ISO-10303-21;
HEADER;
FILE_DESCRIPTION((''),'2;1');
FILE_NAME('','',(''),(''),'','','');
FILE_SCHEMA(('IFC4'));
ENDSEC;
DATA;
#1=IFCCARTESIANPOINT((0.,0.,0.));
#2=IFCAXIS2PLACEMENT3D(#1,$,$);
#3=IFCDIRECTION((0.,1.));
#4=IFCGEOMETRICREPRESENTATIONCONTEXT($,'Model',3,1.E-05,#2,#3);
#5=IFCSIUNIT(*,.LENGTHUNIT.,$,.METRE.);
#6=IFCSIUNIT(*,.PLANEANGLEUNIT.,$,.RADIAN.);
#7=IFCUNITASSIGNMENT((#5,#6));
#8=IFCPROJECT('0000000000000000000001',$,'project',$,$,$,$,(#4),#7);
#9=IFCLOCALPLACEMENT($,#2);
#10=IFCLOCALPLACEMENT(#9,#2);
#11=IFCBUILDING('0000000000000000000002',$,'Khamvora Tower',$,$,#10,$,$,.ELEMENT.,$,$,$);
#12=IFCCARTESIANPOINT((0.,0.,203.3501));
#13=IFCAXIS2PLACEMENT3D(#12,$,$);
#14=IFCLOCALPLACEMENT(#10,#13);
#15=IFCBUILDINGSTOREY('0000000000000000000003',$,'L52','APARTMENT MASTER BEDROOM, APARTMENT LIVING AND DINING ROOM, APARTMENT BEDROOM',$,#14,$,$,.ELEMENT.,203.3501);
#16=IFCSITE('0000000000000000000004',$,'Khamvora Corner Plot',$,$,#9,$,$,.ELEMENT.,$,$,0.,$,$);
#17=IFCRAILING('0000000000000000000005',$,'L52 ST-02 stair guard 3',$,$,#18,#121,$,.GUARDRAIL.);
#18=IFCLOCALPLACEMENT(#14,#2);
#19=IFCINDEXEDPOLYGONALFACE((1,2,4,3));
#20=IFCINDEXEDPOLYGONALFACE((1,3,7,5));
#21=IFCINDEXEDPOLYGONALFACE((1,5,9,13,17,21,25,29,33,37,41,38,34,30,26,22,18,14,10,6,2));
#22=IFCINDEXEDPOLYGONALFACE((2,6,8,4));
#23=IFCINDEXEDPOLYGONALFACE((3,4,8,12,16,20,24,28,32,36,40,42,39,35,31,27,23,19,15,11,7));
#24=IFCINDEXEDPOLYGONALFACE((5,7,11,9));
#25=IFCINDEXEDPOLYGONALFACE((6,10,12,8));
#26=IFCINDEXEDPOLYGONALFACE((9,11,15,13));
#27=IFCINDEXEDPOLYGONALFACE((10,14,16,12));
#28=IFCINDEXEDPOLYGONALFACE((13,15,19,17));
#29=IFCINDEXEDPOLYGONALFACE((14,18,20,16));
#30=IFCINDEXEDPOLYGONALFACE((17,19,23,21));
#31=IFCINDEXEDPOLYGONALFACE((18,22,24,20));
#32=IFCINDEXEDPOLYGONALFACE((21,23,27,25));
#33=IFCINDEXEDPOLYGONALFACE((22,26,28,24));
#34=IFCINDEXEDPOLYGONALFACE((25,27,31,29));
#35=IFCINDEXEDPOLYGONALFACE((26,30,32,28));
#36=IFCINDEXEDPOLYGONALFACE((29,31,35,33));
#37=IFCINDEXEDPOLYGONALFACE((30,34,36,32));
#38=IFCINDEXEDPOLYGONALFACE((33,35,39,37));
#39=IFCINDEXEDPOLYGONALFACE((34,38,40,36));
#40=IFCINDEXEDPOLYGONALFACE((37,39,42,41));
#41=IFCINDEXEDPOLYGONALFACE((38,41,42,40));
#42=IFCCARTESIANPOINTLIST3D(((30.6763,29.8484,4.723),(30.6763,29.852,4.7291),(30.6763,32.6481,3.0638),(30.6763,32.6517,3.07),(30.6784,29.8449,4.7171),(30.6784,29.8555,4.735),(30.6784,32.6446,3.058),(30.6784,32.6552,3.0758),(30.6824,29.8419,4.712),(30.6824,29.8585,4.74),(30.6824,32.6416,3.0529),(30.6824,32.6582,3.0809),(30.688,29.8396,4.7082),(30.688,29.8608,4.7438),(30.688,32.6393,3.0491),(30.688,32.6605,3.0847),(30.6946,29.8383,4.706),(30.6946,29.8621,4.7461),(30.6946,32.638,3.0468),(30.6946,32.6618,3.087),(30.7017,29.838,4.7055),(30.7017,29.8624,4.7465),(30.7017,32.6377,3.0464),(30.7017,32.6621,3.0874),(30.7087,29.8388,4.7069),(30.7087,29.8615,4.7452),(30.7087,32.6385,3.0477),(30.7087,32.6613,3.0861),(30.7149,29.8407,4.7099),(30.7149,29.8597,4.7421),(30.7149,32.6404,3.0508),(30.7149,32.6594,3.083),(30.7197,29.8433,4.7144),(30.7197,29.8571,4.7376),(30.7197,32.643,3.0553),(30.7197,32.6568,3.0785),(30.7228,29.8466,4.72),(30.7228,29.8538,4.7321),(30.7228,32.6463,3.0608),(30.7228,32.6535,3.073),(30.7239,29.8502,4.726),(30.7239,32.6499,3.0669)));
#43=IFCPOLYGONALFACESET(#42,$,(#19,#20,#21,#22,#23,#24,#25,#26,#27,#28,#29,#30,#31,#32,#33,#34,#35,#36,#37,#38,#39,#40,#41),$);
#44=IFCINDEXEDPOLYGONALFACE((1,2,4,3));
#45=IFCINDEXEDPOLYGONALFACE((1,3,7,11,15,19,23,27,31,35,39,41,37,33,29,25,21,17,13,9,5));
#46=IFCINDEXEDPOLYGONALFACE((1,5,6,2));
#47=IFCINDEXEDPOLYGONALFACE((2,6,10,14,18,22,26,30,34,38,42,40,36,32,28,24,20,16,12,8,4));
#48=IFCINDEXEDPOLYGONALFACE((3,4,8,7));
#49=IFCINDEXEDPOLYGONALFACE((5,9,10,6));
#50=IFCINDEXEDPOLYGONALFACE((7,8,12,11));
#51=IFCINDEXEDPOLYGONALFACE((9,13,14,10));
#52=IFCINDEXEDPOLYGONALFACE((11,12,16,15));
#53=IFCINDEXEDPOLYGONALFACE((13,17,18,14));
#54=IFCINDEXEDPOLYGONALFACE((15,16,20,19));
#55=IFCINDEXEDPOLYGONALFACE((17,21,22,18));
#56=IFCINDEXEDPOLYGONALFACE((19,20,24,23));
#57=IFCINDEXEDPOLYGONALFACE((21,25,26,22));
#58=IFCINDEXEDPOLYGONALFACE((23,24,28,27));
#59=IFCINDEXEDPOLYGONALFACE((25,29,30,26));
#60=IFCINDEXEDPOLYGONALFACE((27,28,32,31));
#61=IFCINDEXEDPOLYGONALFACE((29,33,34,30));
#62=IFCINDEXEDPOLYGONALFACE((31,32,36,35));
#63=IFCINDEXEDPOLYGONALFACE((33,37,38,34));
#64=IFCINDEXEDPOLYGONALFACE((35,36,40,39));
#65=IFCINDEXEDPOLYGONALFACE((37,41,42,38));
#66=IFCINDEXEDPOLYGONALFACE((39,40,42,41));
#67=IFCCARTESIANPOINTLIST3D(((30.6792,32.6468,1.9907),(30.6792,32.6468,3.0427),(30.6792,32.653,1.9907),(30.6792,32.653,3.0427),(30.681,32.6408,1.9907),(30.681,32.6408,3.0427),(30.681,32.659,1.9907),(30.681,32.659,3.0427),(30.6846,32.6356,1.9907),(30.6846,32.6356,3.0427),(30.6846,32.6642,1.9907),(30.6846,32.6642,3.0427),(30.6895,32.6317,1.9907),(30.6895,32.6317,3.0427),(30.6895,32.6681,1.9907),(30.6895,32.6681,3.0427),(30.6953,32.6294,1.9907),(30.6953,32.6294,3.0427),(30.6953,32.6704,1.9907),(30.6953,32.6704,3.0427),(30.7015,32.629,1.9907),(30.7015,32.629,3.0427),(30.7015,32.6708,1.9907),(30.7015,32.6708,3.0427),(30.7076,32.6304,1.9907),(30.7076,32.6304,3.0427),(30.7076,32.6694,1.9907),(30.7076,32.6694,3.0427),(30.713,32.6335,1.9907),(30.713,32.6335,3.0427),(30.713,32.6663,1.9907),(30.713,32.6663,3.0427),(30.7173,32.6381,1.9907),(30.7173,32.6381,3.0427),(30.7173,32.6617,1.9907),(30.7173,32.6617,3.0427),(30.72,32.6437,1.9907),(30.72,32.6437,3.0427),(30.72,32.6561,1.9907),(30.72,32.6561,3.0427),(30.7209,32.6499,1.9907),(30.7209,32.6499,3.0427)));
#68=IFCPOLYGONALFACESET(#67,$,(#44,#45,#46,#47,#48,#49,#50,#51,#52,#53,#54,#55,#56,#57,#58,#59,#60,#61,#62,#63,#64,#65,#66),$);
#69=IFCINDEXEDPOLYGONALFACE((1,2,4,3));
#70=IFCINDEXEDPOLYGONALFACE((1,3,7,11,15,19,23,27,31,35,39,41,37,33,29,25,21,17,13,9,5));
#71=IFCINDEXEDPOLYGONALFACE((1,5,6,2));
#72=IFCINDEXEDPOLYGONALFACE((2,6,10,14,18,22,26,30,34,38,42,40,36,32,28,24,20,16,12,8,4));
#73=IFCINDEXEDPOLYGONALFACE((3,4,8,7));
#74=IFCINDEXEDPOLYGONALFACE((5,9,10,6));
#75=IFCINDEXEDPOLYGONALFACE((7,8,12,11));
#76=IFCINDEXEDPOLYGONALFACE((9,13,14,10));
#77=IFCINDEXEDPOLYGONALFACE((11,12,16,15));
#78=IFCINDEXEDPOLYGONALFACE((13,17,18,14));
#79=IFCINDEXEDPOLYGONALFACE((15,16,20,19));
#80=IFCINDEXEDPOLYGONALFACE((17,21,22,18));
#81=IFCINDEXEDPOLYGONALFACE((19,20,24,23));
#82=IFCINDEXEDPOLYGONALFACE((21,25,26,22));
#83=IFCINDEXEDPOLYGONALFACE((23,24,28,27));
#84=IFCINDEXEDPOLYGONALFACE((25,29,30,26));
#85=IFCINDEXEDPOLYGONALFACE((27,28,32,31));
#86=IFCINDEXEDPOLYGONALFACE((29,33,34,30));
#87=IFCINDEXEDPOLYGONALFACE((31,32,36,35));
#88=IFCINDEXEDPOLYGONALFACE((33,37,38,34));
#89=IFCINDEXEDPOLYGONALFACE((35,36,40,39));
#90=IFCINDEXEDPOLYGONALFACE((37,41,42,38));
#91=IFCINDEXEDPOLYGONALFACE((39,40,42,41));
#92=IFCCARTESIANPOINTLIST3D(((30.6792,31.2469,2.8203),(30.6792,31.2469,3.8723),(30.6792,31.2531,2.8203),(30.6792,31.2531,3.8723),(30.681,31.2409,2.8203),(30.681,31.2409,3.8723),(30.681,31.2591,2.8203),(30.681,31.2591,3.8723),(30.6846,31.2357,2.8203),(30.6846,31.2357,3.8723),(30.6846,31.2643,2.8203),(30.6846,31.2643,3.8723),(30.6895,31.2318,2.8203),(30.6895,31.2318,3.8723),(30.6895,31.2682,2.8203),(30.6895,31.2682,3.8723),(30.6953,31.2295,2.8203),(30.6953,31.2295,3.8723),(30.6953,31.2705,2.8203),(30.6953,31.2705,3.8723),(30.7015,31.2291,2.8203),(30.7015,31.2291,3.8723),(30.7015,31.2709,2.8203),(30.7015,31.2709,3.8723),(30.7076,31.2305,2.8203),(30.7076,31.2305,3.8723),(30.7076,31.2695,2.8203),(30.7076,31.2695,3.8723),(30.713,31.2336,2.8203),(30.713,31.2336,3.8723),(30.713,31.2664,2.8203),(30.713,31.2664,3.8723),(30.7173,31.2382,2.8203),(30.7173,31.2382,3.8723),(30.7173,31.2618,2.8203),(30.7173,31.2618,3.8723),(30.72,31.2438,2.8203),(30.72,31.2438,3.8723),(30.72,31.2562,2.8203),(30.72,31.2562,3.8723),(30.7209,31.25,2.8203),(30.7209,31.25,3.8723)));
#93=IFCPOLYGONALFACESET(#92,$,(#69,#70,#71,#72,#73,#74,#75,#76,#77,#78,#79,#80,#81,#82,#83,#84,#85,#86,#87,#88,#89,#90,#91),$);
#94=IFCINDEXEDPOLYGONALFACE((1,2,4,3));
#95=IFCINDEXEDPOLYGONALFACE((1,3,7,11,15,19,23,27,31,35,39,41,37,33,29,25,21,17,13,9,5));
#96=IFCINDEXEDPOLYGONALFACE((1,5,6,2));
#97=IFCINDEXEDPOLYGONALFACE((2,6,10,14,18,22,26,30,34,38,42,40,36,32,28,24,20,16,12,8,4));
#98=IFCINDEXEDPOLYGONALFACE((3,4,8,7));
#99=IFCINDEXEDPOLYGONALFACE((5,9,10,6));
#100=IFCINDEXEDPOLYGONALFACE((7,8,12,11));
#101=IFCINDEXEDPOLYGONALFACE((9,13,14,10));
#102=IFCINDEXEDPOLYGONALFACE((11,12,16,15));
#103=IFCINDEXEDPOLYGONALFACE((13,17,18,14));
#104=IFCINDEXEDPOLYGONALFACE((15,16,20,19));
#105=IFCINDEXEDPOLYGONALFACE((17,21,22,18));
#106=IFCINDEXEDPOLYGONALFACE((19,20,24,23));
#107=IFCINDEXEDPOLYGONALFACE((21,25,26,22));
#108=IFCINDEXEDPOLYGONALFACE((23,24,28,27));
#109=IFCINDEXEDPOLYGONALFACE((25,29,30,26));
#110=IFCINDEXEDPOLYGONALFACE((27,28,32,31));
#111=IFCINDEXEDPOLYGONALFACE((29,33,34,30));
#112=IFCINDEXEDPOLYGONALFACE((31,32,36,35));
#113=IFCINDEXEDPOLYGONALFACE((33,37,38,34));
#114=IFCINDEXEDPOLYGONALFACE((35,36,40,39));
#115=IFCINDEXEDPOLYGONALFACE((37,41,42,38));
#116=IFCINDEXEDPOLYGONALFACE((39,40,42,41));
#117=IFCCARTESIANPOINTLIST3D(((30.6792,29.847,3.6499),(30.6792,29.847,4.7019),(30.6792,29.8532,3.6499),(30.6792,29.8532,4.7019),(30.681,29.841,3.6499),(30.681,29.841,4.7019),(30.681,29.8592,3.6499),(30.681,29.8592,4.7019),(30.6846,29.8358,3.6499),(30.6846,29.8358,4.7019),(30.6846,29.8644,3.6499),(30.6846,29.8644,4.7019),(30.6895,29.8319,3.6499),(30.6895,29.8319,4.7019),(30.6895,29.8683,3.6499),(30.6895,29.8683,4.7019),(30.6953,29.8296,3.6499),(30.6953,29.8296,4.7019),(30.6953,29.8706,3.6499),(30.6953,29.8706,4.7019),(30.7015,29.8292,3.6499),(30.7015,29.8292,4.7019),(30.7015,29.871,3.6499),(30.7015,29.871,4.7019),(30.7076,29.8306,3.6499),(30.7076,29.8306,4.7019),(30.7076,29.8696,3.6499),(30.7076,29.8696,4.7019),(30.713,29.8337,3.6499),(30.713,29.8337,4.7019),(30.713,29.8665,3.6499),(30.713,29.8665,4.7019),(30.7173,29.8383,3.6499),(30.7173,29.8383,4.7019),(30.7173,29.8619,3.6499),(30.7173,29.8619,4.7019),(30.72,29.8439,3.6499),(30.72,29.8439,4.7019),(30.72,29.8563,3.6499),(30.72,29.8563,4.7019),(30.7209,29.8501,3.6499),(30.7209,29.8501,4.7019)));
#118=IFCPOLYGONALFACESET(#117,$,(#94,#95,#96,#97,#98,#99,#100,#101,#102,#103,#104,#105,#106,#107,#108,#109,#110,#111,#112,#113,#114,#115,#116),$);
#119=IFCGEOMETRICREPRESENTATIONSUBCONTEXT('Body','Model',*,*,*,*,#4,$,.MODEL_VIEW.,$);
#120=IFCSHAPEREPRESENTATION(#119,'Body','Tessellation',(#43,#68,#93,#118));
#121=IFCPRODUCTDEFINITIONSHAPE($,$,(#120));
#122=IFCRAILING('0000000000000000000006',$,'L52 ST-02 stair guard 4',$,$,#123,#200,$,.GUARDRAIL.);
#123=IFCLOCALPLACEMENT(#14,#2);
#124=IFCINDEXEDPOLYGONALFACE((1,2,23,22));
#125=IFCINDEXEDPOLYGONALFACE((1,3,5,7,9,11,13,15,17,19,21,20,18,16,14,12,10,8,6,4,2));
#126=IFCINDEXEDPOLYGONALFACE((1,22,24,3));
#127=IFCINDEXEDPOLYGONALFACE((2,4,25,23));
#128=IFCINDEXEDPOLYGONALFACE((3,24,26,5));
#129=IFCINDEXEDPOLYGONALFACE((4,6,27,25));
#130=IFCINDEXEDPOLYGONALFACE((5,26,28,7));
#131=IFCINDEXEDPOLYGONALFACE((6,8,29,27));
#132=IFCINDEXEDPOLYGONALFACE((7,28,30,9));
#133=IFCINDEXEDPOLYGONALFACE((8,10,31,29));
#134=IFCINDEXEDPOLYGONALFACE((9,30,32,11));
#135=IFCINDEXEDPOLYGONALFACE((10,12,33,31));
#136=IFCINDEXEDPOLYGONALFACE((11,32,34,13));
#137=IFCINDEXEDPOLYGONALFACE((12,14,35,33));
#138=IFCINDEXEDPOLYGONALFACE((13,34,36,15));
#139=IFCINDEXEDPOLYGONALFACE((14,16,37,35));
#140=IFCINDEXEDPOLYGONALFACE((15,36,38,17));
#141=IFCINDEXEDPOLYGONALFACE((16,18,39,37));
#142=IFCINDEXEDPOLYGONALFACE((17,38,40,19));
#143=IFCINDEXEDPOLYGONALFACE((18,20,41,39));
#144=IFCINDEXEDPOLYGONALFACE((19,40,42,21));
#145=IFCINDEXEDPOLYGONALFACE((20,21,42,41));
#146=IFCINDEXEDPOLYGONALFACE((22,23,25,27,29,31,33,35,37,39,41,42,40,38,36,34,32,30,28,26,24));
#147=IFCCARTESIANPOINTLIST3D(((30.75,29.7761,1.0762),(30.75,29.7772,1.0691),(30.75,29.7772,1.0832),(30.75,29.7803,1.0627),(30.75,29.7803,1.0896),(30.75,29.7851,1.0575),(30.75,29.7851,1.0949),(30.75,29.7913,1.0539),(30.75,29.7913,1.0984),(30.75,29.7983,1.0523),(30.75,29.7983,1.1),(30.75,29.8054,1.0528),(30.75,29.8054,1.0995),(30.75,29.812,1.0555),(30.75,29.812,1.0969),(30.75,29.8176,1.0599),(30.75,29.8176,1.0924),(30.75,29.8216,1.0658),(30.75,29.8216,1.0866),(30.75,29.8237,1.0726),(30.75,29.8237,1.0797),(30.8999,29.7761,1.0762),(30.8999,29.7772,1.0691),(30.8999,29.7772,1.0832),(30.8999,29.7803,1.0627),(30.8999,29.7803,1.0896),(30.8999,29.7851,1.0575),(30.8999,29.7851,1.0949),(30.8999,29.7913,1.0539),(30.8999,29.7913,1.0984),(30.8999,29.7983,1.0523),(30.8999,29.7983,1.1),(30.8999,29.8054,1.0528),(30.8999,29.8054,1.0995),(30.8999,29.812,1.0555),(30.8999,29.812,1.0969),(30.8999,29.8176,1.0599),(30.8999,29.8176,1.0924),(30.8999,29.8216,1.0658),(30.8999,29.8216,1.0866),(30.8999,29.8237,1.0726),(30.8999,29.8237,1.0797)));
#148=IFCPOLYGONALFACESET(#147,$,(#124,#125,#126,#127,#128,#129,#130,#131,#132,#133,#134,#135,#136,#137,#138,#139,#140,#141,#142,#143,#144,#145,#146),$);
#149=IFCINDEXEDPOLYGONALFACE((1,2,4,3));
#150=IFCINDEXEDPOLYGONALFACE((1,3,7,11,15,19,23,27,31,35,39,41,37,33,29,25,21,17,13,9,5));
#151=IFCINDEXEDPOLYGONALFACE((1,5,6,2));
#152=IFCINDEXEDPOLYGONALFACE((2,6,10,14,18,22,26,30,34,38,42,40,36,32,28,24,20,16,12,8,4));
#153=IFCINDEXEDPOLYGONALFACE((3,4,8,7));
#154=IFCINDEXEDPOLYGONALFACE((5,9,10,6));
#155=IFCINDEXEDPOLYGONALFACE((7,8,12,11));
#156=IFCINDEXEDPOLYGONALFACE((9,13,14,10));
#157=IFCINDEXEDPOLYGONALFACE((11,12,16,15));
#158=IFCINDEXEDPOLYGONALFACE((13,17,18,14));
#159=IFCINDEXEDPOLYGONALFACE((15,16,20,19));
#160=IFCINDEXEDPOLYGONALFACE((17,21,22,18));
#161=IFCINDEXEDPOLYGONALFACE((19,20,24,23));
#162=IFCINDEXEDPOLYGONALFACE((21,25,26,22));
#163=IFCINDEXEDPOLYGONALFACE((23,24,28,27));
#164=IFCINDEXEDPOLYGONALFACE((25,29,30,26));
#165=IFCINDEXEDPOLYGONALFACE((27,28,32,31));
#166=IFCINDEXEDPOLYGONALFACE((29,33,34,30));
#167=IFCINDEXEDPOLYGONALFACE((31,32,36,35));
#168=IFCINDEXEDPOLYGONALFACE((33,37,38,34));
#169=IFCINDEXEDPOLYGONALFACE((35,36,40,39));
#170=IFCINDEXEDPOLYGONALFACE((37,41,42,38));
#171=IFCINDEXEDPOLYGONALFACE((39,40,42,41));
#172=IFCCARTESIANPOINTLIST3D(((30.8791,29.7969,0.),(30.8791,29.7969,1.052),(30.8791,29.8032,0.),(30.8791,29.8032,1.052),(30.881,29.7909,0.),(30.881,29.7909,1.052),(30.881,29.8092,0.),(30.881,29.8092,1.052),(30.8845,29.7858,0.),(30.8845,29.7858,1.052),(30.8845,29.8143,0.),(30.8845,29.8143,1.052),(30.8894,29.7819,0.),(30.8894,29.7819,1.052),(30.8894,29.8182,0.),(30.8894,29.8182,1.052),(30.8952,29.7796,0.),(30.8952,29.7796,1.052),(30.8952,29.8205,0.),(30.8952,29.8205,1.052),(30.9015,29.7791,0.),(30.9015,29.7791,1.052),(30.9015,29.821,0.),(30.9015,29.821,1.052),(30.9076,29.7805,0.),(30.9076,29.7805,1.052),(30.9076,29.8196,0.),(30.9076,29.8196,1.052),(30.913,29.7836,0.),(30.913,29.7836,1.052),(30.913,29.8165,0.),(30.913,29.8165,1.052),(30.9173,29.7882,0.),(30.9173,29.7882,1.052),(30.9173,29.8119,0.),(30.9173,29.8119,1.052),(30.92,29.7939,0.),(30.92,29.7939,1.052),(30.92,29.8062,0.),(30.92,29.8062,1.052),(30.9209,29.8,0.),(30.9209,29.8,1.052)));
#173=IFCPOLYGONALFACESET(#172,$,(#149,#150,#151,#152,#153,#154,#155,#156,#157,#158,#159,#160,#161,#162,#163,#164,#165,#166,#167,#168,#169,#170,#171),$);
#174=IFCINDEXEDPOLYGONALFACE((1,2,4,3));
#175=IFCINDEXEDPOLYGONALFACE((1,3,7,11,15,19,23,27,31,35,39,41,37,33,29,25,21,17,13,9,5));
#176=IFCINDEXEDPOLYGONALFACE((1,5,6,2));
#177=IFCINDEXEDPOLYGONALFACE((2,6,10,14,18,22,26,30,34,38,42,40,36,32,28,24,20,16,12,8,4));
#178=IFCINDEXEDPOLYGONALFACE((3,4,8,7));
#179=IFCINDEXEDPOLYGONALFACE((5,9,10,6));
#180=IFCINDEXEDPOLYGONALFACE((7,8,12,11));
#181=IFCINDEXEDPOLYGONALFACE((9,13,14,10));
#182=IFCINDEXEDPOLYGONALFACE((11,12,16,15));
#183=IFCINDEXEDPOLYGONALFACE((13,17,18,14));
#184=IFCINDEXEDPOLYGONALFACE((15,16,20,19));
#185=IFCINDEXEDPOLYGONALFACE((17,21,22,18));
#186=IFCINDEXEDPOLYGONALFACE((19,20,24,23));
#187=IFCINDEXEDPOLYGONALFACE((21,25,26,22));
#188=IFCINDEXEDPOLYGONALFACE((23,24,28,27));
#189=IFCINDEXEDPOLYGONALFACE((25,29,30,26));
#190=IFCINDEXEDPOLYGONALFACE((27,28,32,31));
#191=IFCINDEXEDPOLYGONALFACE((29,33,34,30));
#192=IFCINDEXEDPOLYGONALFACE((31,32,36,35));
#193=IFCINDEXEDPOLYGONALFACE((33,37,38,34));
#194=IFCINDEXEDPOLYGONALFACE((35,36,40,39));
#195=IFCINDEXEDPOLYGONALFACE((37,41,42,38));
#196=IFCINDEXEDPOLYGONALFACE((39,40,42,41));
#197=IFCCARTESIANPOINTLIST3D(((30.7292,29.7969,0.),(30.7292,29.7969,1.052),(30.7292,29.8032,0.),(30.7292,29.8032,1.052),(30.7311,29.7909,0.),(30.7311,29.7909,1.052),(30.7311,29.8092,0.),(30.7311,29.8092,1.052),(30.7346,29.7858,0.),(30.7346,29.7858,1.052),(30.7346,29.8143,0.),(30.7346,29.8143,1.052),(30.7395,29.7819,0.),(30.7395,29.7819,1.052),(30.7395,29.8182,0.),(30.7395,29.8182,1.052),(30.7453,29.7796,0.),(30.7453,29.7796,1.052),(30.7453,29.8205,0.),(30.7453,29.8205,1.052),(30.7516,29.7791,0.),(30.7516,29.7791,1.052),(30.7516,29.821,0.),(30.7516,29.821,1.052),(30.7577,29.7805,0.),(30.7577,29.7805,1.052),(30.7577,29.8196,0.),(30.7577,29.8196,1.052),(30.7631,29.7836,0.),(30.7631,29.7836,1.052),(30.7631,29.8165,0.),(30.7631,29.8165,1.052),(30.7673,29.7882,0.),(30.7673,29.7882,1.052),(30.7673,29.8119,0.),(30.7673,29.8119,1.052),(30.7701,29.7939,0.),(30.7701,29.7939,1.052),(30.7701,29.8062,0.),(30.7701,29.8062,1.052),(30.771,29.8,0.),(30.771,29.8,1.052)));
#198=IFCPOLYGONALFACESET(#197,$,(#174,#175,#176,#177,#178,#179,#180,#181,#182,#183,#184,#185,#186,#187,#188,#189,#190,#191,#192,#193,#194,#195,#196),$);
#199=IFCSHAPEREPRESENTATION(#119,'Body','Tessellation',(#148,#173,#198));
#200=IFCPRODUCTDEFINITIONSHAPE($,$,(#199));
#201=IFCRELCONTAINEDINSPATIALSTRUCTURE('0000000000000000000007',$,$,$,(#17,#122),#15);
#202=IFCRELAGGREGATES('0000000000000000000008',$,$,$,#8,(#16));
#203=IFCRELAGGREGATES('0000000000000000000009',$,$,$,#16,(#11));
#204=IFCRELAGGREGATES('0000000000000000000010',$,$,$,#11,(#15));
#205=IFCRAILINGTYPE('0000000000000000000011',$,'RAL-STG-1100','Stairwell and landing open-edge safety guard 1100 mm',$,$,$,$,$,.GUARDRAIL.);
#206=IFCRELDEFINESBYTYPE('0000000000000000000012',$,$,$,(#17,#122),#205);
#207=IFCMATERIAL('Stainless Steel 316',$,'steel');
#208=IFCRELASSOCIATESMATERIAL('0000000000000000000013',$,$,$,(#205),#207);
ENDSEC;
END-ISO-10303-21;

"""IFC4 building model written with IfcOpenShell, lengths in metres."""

from ifc_helpers import new_model, si_unit, direction, frame, origin, origin_2d, place, context, subcontext, project, spatial, circle, extrude, material, type_object, element, save


model = new_model("IFC4")

# Units and contexts
model_context = context("Model", 3, precision=1e-05, world=origin(), true_north=direction((0.0, 1.0)))
body_context = subcontext(model_context, "Body", "Model", "MODEL_VIEW")
ifc_project = project(units=[si_unit("LENGTHUNIT", "METRE"), si_unit("PLANEANGLEUNIT", "RADIAN")], contexts=[model_context])

# Site, building, storey
site_placement = place(None, origin())
site = spatial("IfcSite", under=ifc_project, at=site_placement, Name="Khamvora Corner Plot", CompositionType="ELEMENT", RefElevation=0.0)
building_placement = place(site_placement, origin())
building = spatial("IfcBuilding", under=site, at=building_placement, Name="Khamvora Tower", CompositionType="ELEMENT")
storey_placement = place(building_placement, frame((0.0, 0.0, 203.3501)))
storey = spatial("IfcBuildingStorey", under=building, at=storey_placement, Name="L52", Description="APARTMENT MASTER BEDROOM, APARTMENT LIVING AND DINING ROOM, APARTMENT BEDROOM", CompositionType="ELEMENT", Elevation=203.3501)

# Railings
ifc_material_1 = material(Name="Stainless Steel 316", Category="steel")
railing_type_1 = type_object("IfcRailingType", Name="RAL-STG-1100", Description="Stairwell and landing open-edge safety guard 1100 mm", PredefinedType="GUARDRAIL", material=ifc_material_1)
railing_1_placement = place(storey_placement, frame((30.7, 32.6499, 1.9907)))
element("IfcRailing", 1, at=railing_1_placement, inside=storey, type_object=railing_type_1, Name="L52 ST-02 stair guard 3", PredefinedType="GUARDRAIL", context=body_context, shape_type="SweptSolid", body=[
    extrude(circle(Radius=0.0239, at=origin_2d()), frame((0.0, 0.0, 1.0762), z_axis=(0.0, -0.860287, 0.509811), x_axis=(1.0, 0.0, 0.0)), (0.0, 0.0, 1.0), 3.2544),
    extrude(circle(Radius=0.021, at=origin_2d()), origin(), (0.0, 0.0, 1.0), 1.052),
    extrude(circle(Radius=0.021, at=origin_2d()), frame((0.0, -1.3999, 0.8296)), (0.0, 0.0, 1.0), 1.052),
    extrude(circle(Radius=0.021, at=origin_2d()), frame((0.0, -2.7998, 1.6592)), (0.0, 0.0, 1.0), 1.052),
])
railing_2_placement = place(storey_placement, frame((30.8999, 29.8, 0.0)))
element("IfcRailing", 2, at=railing_2_placement, inside=storey, type_object=railing_type_1, Name="L52 ST-02 stair guard 4", PredefinedType="GUARDRAIL", context=body_context, shape_type="SweptSolid", body=[
    extrude(circle(Radius=0.0239, at=origin_2d()), frame((0.0, 0.0, 1.0762), z_axis=(-1.0, 0.0, 0.0), x_axis=(0.0, -1.0, 0.0)), (0.0, 0.0, 1.0), 0.1499),
    extrude(circle(Radius=0.021, at=origin_2d()), origin(), (0.0, 0.0, 1.0), 1.052),
    extrude(circle(Radius=0.021, at=origin_2d()), frame((-0.1499, 0.0, 0.0)), (0.0, 0.0, 1.0), 1.052),
])

save(model, "model.ifc")
